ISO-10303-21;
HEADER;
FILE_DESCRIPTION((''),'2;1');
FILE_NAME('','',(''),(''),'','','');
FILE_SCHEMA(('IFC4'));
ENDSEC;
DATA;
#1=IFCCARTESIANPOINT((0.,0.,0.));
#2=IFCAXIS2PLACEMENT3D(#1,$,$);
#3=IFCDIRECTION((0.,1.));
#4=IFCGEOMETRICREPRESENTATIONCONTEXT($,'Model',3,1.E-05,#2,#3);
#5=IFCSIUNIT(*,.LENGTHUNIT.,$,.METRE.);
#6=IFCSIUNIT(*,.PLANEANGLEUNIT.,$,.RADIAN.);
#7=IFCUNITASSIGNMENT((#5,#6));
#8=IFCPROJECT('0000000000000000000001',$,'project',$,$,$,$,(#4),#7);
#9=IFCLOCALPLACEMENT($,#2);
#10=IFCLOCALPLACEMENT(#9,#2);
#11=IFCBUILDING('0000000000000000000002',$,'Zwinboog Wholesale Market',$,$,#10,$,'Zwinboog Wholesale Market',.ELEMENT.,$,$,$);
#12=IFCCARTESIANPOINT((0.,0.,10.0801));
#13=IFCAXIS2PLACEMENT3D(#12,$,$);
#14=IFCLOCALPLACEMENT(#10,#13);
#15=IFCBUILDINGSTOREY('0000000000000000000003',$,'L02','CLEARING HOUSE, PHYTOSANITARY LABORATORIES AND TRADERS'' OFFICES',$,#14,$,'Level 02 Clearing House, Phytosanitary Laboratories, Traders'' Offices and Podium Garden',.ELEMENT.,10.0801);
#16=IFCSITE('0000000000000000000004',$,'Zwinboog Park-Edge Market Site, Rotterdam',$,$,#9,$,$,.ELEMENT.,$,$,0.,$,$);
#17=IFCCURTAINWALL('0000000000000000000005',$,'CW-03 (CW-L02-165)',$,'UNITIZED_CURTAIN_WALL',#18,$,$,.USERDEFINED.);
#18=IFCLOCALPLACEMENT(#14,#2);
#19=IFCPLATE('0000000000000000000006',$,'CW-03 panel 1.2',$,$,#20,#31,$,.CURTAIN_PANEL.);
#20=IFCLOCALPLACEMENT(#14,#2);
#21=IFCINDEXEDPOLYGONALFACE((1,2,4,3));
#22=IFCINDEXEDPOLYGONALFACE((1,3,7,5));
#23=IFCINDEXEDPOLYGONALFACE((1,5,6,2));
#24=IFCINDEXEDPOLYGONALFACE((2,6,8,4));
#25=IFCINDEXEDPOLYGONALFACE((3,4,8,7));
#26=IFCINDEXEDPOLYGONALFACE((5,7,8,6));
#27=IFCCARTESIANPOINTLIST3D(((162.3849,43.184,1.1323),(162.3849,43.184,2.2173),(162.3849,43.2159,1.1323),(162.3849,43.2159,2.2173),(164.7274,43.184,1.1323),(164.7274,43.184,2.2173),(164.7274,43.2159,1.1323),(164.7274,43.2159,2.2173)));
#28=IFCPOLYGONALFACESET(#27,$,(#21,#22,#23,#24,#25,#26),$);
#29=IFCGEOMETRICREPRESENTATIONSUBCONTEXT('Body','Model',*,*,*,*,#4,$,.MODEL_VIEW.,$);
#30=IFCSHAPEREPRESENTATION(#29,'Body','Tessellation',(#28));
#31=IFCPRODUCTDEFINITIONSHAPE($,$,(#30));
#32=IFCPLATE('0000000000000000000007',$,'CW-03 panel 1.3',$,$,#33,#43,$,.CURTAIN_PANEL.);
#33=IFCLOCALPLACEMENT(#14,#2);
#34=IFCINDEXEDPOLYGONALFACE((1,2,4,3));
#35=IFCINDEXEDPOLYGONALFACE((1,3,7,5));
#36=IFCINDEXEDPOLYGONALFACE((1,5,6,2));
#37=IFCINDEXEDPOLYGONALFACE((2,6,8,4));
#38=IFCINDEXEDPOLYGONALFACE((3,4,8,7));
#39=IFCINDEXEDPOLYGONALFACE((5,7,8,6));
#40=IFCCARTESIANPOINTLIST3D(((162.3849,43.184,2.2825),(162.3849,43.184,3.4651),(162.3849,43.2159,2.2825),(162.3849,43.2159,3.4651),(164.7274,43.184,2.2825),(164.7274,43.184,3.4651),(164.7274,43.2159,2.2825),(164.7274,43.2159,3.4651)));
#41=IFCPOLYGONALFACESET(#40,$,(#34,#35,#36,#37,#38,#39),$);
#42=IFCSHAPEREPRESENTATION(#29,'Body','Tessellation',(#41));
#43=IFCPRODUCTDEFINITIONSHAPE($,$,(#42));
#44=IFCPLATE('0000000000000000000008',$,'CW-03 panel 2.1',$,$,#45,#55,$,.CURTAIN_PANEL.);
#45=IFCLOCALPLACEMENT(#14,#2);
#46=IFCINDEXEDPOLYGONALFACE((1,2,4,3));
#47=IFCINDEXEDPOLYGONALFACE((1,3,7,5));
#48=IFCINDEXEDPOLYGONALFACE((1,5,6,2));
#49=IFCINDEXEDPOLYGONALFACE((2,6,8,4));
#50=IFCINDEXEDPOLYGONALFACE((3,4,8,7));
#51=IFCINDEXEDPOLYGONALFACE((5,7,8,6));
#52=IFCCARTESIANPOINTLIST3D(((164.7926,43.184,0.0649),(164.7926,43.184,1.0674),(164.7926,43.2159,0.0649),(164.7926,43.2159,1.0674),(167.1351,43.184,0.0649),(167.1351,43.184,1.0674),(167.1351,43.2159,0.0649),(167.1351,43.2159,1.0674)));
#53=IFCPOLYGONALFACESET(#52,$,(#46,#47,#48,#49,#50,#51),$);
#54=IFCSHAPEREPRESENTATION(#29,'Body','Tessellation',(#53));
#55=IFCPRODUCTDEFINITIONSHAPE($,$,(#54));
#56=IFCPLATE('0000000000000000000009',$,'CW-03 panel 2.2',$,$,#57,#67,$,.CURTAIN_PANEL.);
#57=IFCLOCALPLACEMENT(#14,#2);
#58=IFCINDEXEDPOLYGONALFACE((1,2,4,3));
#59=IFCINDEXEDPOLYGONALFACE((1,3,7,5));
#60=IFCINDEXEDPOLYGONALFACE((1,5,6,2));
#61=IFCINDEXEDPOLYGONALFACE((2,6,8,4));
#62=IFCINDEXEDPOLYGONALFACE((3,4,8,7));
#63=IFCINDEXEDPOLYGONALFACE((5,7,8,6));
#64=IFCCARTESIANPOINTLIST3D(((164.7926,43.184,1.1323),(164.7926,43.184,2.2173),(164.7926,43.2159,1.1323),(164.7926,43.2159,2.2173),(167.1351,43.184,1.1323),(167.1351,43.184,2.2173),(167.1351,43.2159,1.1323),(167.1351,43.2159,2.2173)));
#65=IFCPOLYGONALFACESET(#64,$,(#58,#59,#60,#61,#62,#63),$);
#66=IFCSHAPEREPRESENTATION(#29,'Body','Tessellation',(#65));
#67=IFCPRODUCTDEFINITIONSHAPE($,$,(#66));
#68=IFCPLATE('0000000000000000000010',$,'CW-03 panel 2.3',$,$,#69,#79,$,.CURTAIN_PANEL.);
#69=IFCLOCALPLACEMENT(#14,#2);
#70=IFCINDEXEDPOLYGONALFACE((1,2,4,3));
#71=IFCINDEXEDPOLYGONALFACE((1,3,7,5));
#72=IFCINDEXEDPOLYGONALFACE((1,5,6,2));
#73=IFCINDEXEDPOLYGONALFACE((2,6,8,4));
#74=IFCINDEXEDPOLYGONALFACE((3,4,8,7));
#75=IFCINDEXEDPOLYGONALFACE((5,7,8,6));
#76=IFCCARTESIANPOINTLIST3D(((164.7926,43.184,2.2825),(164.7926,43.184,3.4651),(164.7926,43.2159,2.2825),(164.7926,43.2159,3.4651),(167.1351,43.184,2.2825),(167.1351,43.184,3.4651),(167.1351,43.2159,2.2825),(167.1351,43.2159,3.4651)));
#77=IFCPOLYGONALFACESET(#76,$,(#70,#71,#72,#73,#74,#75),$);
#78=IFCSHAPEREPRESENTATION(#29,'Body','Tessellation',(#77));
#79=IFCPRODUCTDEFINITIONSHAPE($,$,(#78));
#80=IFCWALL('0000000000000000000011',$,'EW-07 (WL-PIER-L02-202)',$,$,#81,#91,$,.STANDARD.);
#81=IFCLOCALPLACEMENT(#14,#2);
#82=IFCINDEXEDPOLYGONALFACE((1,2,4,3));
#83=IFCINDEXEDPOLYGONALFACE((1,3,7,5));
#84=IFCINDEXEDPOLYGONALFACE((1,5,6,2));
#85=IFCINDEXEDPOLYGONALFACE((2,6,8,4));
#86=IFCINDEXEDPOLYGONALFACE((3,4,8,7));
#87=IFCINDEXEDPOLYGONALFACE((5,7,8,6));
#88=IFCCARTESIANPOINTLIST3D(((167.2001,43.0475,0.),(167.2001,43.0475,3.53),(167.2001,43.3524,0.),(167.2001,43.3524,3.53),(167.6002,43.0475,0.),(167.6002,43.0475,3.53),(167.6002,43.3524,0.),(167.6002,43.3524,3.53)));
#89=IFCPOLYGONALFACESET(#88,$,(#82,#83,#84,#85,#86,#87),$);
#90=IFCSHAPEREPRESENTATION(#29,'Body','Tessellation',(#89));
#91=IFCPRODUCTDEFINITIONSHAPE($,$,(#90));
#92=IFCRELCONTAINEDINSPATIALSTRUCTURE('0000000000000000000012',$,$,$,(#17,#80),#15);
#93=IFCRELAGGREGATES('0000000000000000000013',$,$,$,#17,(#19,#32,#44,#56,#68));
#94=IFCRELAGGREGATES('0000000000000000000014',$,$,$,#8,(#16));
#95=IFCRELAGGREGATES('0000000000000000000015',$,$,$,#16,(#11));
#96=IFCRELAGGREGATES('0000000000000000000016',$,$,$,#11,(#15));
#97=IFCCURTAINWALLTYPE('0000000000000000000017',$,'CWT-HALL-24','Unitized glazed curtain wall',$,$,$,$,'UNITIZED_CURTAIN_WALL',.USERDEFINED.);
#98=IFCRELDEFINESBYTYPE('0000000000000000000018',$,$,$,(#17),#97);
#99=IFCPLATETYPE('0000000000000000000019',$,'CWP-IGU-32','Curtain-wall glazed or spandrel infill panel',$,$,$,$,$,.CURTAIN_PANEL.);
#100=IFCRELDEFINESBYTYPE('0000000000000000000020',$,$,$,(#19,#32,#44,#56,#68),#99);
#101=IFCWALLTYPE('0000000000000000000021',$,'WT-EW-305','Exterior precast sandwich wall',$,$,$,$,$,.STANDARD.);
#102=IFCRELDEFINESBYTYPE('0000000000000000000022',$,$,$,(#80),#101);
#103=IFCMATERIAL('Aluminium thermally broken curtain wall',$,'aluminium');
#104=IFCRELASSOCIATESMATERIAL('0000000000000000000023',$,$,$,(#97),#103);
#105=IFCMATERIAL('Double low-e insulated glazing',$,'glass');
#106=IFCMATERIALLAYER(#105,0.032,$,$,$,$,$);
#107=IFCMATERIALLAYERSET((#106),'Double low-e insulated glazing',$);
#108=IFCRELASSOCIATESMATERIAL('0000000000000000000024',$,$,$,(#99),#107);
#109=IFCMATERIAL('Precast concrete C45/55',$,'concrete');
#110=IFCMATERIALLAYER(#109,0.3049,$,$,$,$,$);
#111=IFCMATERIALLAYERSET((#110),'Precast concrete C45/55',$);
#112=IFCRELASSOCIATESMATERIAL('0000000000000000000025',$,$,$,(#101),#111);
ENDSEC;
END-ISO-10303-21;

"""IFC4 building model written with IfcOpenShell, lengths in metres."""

from ifc_helpers import new_model, si_unit, direction, frame, frame_2d, origin, origin_2d, place, context, subcontext, project, spatial, rectangle, extrude, material, layer, layer_set, type_object, element, aggregate, save


model = new_model("IFC4")

# Units and contexts
model_context = context("Model", 3, precision=1e-05, world=origin(), true_north=direction((0.0, 1.0)))
body_context = subcontext(model_context, "Body", "Model", "MODEL_VIEW")
ifc_project = project(units=[si_unit("LENGTHUNIT", "METRE"), si_unit("PLANEANGLEUNIT", "RADIAN")], contexts=[model_context])

# Site, building, storey
site_placement = place(None, origin())
site = spatial("IfcSite", under=ifc_project, at=site_placement, Name="Zwinboog Park-Edge Market Site, Rotterdam", CompositionType="ELEMENT", RefElevation=0.0)
building_placement = place(site_placement, origin())
building = spatial("IfcBuilding", under=site, at=building_placement, Name="Zwinboog Wholesale Market", LongName="Zwinboog Wholesale Market", CompositionType="ELEMENT")
storey_placement = place(building_placement, frame((0.0, 0.0, 10.0801)))
storey = spatial("IfcBuildingStorey", under=building, at=storey_placement, Name="L02", Description="CLEARING HOUSE, PHYTOSANITARY LABORATORIES AND TRADERS' OFFICES", LongName="Level 02 Clearing House, Phytosanitary Laboratories, Traders' Offices and Podium Garden", CompositionType="ELEMENT", Elevation=10.0801)

# Shared definitions
ifc_material_1 = material(Name="Precast concrete C45/55", Category="concrete")

# Curtain wall, plates
ifc_material_2 = material(Name="Aluminium thermally broken curtain wall", Category="aluminium")
curtain_wall_type = type_object("IfcCurtainWallType", Name="CWT-HALL-24", Description="Unitized glazed curtain wall", ElementType="UNITIZED_CURTAIN_WALL", PredefinedType="USERDEFINED", material=ifc_material_2)
curtain_wall_placement = place(storey_placement, origin())
curtain_wall = element("IfcCurtainWall", 1, at=curtain_wall_placement, inside=storey, type_object=curtain_wall_type, Name="CW-03 (CW-L02-165)", ObjectType="UNITIZED_CURTAIN_WALL", PredefinedType="USERDEFINED")
ifc_material_3 = material(Name="Double low-e insulated glazing", Category="glass")
ifc_layer_1 = layer(ifc_material_3, 0.032)
ifc_layer_set_1 = layer_set([ifc_layer_1], Name="Double low-e insulated glazing")
plate_type = type_object("IfcPlateType", Name="CWP-IGU-32", Description="Curtain-wall glazed or spandrel infill panel", PredefinedType="CURTAIN_PANEL", material=ifc_layer_set_1)
plate_1_placement = place(storey_placement, frame((163.5562, 43.2, 1.1323), z_axis=(0.0, 0.0, 1.0), x_axis=(1.0, 0.0, 0.0)))
plate_1 = element("IfcPlate", 2, at=plate_1_placement, type_object=plate_type, Name="CW-03 panel 1.2", PredefinedType="CURTAIN_PANEL", context=body_context, shape_type="SweptSolid", body=[
    extrude(rectangle(XDim=2.3425, YDim=0.032, at=origin_2d()), origin(), (0.0, 0.0, 1.0), 1.085),
])
plate_2_placement = place(storey_placement, frame((163.5562, 43.2, 2.2825), z_axis=(0.0, 0.0, 1.0), x_axis=(1.0, 0.0, 0.0)))
plate_2 = element("IfcPlate", 3, at=plate_2_placement, type_object=plate_type, Name="CW-03 panel 1.3", PredefinedType="CURTAIN_PANEL", context=body_context, shape_type="SweptSolid", body=[
    extrude(rectangle(XDim=2.3425, YDim=0.032, at=origin_2d()), origin(), (0.0, 0.0, 1.0), 1.1826),
])
plate_3_placement = place(storey_placement, frame((165.9639, 43.2, 0.0649), z_axis=(0.0, 0.0, 1.0), x_axis=(1.0, 0.0, 0.0)))
plate_3 = element("IfcPlate", 4, at=plate_3_placement, type_object=plate_type, Name="CW-03 panel 2.1", PredefinedType="CURTAIN_PANEL", context=body_context, shape_type="SweptSolid", body=[
    extrude(rectangle(XDim=2.3425, YDim=0.032, at=origin_2d()), origin(), (0.0, 0.0, 1.0), 1.0024),
])
plate_4_placement = place(storey_placement, frame((165.9639, 43.2, 1.1323), z_axis=(0.0, 0.0, 1.0), x_axis=(1.0, 0.0, 0.0)))
plate_4 = element("IfcPlate", 5, at=plate_4_placement, type_object=plate_type, Name="CW-03 panel 2.2", PredefinedType="CURTAIN_PANEL", context=body_context, shape_type="SweptSolid", body=[
    extrude(rectangle(XDim=2.3425, YDim=0.032, at=origin_2d()), origin(), (0.0, 0.0, 1.0), 1.085),
])
plate_5_placement = place(storey_placement, frame((165.9639, 43.2, 2.2825), z_axis=(0.0, 0.0, 1.0), x_axis=(1.0, 0.0, 0.0)))
plate_5 = element("IfcPlate", 6, at=plate_5_placement, type_object=plate_type, Name="CW-03 panel 2.3", PredefinedType="CURTAIN_PANEL", context=body_context, shape_type="SweptSolid", body=[
    extrude(rectangle(XDim=2.3425, YDim=0.032, at=origin_2d()), origin(), (0.0, 0.0, 1.0), 1.1826),
])
aggregate(curtain_wall, [plate_1, plate_2, plate_3, plate_4, plate_5])

# Wall
ifc_layer_2 = layer(ifc_material_1, 0.3049)
ifc_layer_set_2 = layer_set([ifc_layer_2], Name="Precast concrete C45/55")
wall_type = type_object("IfcWallType", Name="WT-EW-305", Description="Exterior precast sandwich wall", PredefinedType="STANDARD", material=ifc_layer_set_2)
wall_placement = place(storey_placement, frame((167.2, 43.2, 0.0), z_axis=(0.0, 0.0, 1.0), x_axis=(1.0, 0.0, 0.0)))
element("IfcWall", 7, at=wall_placement, inside=storey, type_object=wall_type, Name="EW-07 (WL-PIER-L02-202)", PredefinedType="STANDARD", context=body_context, shape_type="SweptSolid", body=[
    extrude(rectangle(XDim=0.4001, YDim=0.3049, at=frame_2d((0.2002, 0.0))), origin(), (0.0, 0.0, 1.0), 3.53),
])

save(model, "model.ifc")
